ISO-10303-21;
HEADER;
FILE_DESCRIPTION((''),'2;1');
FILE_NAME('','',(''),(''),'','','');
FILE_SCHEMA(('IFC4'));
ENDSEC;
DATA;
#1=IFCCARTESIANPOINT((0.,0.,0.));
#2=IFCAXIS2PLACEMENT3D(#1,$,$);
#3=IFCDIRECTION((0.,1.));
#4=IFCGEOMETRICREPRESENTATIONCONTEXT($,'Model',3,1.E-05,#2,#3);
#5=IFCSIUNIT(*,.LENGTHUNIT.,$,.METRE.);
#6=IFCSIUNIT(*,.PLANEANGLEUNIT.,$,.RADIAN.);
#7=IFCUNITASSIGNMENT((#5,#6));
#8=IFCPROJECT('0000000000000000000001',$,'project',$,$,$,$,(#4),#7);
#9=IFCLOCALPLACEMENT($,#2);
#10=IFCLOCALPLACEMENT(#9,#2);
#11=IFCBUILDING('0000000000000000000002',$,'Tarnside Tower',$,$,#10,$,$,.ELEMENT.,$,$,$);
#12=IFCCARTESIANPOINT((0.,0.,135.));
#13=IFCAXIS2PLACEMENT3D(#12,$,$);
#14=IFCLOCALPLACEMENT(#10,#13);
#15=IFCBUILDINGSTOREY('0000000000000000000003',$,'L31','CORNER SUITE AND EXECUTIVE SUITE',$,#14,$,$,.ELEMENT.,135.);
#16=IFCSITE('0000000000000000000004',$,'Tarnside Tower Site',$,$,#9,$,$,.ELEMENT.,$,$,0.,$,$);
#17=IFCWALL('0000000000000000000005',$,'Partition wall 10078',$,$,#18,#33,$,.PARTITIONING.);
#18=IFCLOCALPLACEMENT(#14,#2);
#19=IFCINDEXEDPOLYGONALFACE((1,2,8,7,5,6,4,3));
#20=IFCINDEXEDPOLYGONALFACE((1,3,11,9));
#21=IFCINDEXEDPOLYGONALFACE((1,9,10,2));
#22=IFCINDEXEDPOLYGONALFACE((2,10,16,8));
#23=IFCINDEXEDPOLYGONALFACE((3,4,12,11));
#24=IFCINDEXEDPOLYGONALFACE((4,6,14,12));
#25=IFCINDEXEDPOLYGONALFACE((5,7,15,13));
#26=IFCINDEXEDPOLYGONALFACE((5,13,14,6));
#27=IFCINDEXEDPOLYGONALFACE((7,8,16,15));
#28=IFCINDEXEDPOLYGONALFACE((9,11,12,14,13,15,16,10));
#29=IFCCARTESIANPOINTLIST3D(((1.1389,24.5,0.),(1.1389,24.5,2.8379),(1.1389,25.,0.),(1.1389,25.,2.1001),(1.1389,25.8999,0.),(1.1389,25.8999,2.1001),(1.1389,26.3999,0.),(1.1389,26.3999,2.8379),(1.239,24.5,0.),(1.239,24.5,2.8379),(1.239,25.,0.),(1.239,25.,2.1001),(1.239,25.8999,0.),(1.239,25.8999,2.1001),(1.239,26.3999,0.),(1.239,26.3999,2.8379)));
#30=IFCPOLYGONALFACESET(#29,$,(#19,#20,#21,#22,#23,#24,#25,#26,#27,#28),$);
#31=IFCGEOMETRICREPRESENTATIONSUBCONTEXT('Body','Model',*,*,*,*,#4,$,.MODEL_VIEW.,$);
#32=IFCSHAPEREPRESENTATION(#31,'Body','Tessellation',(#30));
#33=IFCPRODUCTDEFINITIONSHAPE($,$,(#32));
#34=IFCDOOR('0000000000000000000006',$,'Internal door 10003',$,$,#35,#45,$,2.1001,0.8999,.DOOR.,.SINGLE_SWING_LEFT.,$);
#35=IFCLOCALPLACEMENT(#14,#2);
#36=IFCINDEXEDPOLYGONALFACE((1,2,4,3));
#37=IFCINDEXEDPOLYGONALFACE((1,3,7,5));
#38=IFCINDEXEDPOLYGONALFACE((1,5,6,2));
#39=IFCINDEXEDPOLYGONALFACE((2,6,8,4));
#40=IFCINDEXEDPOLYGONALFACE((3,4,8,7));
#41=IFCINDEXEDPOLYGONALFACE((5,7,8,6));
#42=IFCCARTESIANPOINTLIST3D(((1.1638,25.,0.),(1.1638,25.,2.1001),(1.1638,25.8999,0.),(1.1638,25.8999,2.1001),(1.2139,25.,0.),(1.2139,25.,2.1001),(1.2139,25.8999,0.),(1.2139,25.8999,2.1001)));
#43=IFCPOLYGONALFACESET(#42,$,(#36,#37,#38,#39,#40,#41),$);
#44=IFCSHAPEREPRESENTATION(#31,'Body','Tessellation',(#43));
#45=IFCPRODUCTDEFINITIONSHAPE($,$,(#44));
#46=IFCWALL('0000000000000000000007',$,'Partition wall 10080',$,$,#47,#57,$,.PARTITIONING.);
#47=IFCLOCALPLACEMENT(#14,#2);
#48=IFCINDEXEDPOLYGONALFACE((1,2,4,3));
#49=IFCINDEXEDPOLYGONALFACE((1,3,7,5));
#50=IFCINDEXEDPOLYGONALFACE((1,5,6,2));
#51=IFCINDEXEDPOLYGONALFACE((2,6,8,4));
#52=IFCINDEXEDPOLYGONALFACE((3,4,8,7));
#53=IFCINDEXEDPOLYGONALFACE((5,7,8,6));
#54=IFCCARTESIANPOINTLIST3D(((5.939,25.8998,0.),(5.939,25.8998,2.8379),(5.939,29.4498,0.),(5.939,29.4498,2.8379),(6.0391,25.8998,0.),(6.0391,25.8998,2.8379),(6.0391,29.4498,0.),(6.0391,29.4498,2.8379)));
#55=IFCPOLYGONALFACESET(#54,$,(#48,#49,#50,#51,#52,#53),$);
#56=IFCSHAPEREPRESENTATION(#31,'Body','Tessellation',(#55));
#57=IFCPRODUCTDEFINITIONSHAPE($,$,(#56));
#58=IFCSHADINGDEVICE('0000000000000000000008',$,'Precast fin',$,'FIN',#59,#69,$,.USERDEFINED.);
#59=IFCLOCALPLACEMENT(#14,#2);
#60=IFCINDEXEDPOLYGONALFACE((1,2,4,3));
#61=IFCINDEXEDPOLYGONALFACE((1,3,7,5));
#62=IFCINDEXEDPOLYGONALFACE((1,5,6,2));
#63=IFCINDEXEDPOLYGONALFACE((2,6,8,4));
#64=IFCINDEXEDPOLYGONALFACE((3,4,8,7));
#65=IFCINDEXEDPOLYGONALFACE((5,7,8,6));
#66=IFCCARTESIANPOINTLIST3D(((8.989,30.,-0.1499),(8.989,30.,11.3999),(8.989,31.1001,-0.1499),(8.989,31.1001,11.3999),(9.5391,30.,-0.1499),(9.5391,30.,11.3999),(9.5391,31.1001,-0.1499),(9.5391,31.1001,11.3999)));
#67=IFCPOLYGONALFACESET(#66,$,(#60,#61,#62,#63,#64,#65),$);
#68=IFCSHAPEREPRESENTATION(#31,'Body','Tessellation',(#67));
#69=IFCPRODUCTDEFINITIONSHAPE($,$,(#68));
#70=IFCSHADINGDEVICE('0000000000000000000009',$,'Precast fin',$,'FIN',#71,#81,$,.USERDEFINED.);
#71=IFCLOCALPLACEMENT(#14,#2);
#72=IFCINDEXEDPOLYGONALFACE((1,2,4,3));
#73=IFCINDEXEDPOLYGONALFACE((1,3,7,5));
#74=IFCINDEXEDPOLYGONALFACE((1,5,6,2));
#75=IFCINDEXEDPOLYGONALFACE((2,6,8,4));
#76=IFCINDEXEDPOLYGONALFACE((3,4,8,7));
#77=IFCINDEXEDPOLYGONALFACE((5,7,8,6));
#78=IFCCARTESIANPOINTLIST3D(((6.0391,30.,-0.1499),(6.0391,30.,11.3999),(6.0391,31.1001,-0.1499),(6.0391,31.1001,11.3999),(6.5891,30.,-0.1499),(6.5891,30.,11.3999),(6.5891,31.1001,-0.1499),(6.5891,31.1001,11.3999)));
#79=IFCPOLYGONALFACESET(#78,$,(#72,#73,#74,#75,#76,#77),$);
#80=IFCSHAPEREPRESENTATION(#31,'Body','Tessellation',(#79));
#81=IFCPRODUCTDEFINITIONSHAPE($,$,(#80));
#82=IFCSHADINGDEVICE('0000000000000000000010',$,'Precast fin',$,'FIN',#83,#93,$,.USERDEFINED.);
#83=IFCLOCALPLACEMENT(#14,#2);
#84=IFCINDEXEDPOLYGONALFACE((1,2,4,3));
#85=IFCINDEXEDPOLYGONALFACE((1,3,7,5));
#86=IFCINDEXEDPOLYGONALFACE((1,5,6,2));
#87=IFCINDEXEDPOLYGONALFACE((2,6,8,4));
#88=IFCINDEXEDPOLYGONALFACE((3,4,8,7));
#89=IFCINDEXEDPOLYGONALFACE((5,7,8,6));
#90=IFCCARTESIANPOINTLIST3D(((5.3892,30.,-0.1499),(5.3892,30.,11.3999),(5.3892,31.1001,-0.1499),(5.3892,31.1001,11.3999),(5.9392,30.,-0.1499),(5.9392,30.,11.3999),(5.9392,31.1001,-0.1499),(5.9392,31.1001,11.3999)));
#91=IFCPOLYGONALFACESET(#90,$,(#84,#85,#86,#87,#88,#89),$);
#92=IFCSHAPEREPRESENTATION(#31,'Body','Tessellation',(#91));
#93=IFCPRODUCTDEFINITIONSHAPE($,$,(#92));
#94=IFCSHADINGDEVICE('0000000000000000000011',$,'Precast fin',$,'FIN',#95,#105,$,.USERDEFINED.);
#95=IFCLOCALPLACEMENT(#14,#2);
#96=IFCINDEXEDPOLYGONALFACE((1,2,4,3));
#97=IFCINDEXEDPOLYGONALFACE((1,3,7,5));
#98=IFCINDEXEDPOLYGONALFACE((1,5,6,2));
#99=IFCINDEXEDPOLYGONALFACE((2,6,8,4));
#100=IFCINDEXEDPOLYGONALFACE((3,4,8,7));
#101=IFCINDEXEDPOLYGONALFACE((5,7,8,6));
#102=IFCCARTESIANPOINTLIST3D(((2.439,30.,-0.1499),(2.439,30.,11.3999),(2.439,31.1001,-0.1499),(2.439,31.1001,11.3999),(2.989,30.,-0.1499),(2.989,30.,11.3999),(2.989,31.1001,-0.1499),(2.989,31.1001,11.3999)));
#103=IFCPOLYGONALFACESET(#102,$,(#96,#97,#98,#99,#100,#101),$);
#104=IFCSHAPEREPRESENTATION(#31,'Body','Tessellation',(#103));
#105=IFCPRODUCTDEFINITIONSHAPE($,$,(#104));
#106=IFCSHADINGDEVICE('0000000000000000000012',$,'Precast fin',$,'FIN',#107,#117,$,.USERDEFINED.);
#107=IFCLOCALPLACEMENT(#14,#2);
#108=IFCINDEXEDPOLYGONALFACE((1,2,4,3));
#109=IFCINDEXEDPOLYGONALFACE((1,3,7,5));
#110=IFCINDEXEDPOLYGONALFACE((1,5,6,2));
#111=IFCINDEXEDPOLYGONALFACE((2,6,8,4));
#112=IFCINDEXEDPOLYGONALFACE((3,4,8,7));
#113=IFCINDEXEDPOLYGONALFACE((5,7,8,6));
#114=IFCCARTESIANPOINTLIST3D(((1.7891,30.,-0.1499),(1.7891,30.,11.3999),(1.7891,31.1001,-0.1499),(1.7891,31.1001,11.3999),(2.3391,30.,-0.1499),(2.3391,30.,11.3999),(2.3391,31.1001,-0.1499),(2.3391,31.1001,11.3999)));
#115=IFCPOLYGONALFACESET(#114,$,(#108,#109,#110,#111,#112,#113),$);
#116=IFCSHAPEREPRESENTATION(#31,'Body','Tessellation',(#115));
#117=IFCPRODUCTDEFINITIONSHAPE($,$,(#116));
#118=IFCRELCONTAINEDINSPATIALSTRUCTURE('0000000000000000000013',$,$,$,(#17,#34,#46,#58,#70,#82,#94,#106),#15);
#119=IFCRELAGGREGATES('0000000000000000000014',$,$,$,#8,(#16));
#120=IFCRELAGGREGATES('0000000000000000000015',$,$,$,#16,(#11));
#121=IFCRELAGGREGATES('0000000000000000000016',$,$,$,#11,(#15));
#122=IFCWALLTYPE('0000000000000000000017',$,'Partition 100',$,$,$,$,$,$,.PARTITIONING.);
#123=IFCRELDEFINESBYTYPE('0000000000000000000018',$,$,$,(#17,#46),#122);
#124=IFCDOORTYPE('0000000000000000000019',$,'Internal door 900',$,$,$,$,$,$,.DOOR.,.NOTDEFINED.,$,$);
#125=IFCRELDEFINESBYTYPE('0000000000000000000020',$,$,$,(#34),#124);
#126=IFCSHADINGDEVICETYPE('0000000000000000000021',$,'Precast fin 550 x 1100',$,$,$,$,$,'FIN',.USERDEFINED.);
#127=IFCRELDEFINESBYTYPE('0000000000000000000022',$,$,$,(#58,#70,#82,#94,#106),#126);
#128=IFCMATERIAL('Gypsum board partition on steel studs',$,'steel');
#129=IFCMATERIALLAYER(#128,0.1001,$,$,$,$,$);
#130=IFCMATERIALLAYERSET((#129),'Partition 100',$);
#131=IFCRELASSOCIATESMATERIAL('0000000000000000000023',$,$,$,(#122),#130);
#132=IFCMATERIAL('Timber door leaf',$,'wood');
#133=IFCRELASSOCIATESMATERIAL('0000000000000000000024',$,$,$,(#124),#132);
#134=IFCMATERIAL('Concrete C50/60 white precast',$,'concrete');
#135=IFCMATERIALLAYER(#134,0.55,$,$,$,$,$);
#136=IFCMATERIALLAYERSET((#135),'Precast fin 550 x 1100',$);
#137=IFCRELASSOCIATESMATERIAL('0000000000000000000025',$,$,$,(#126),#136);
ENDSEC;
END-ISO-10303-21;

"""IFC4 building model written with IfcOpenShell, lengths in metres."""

from ifc_helpers import new_model, si_unit, direction, frame, frame_2d, origin, place, context, subcontext, project, spatial, polyline, rectangle, outline, extrude, material, layer, layer_set, type_object, element, fill, save


model = new_model("IFC4")

# Units and contexts
model_context = context("Model", 3, precision=1e-05, world=origin(), true_north=direction((0.0, 1.0)))
body_context = subcontext(model_context, "Body", "Model", "MODEL_VIEW")
ifc_project = project(units=[si_unit("LENGTHUNIT", "METRE"), si_unit("PLANEANGLEUNIT", "RADIAN")], contexts=[model_context])

# Site, building, storey
site_placement = place(None, origin())
site = spatial("IfcSite", under=ifc_project, at=site_placement, Name="Tarnside Tower Site", CompositionType="ELEMENT", RefElevation=0.0)
building_placement = place(site_placement, origin())
building = spatial("IfcBuilding", under=site, at=building_placement, Name="Tarnside Tower", CompositionType="ELEMENT")
storey_placement = place(building_placement, frame((0.0, 0.0, 135.0)))
storey = spatial("IfcBuildingStorey", under=building, at=storey_placement, Name="L31", Description="CORNER SUITE AND EXECUTIVE SUITE", CompositionType="ELEMENT", Elevation=135.0)

# Shared definitions
ifc_material_1 = material(Name="Gypsum board partition on steel studs", Category="steel")
ifc_material_2 = material(Name="Timber door leaf", Category="wood")

# Wall, opening, door
ifc_layer_1 = layer(ifc_material_1, 0.1001)
ifc_layer_set_1 = layer_set([ifc_layer_1], Name="Partition 100")
wall_type_1 = type_object("IfcWallType", Name="Partition 100", PredefinedType="PARTITIONING", material=ifc_layer_set_1)
wall_1_placement = place(storey_placement, frame((1.189, 26.3999, 0.0), z_axis=(0.0, 0.0, 1.0), x_axis=(0.0, -1.0, 0.0)))
wall_1 = element("IfcWall", 1, at=wall_1_placement, inside=storey, type_object=wall_type_1, Name="Partition wall 10078", PredefinedType="PARTITIONING", context=body_context, shape_type="SweptSolid", body=[
    extrude(rectangle(XDim=1.8999, YDim=0.1001, at=frame_2d((0.95, 0.0))), origin(), (0.0, 0.0, 1.0), 2.8379),
])
opening_1_placement = place(wall_1_placement, frame((0.5, 0.0, 0.0)))
opening_1 = element("IfcOpeningElement", 2, at=opening_1_placement, cuts=wall_1, PredefinedType="OPENING", context=body_context, shape_type="SweptSolid", body=[
    extrude(rectangle(XDim=0.8999, YDim=2.1001, at=frame_2d((0.45, 1.05))), frame((0.0, 0.0601, 0.0), z_axis=(0.0, -1.0, 0.0), x_axis=(1.0, 0.0, 0.0)), (0.0, 0.0, 1.0), 0.1201),
])
door_type_1 = type_object("IfcDoorType", Name="Internal door 900", OperationType="NOTDEFINED", PredefinedType="DOOR", material=ifc_material_2)
door_1_placement = place(opening_1_placement, origin())
door_1 = element("IfcDoor", 3, at=door_1_placement, inside=storey, type_object=door_type_1, Name="Internal door 10003", OperationType="SINGLE_SWING_LEFT", OverallHeight=2.1001, OverallWidth=0.8999, PredefinedType="DOOR", context=body_context, shape_type="SweptSolid", body=[
    extrude(rectangle(XDim=0.8999, YDim=2.1001, at=frame_2d((0.45, 1.05))), frame((0.0, 0.0249, 0.0), z_axis=(0.0, -1.0, 0.0), x_axis=(1.0, 0.0, 0.0)), (0.0, 0.0, 1.0), 0.05),
])
fill(opening_1, door_1)

# Wall
wall_2_placement = place(storey_placement, frame((5.989, 25.8999, 0.0), z_axis=(0.0, 0.0, 1.0), x_axis=(0.0, 1.0, 0.0)))
element("IfcWall", 4, at=wall_2_placement, inside=storey, type_object=wall_type_1, Name="Partition wall 10080", PredefinedType="PARTITIONING", context=body_context, shape_type="SweptSolid", body=[
    extrude(rectangle(XDim=3.55, YDim=0.1001, at=frame_2d((1.7749, 0.0))), origin(), (0.0, 0.0, 1.0), 2.8379),
])

# Shading devices
ifc_material_3 = material(Name="Concrete C50/60 white precast", Category="concrete")
ifc_layer_2 = layer(ifc_material_3, 0.55)
ifc_layer_set_2 = layer_set([ifc_layer_2], Name="Precast fin 550 x 1100")
shading_device_type = type_object("IfcShadingDeviceType", Name="Precast fin 550 x 1100", ElementType="FIN", PredefinedType="USERDEFINED", material=ifc_layer_set_2)
for number, where, z_axis, x_axis, name in (
    (5, (9.2639, 30.0, -0.1499), (1.0, 0.0, 0.0), (0.0, 1.0, 0.0), "Precast fin"),
    (6, (6.314, 30.0, -0.1499), (1.0, 0.0, 0.0), (0.0, 1.0, 0.0), "Precast fin"),
    (7, (5.6641, 30.0, -0.1499), (1.0, 0.0, 0.0), (0.0, 1.0, 0.0), "Precast fin"),
    (8, (2.7139, 30.0, -0.1499), (1.0, 0.0, 0.0), (0.0, 1.0, 0.0), "Precast fin"),
    (9, (2.064, 30.0, -0.1499), (1.0, 0.0, 0.0), (0.0, 1.0, 0.0), "Precast fin"),
):
    element("IfcShadingDevice", number, at=place(storey_placement, frame(where, z_axis=z_axis, x_axis=x_axis)), inside=storey, type_object=shading_device_type, Name=name, ObjectType="FIN", PredefinedType="USERDEFINED", context=body_context, shape_type="SweptSolid", body=[
        extrude(outline(polyline([(0.0, 0.0), (1.1001, 0.0), (1.1001, 11.5498), (0.0, 11.5498), (0.0, 0.0)])), frame((0.0, 0.0, -0.2749)), (0.0, 0.0, 1.0), 0.55),
    ])

save(model, "model.ifc")
